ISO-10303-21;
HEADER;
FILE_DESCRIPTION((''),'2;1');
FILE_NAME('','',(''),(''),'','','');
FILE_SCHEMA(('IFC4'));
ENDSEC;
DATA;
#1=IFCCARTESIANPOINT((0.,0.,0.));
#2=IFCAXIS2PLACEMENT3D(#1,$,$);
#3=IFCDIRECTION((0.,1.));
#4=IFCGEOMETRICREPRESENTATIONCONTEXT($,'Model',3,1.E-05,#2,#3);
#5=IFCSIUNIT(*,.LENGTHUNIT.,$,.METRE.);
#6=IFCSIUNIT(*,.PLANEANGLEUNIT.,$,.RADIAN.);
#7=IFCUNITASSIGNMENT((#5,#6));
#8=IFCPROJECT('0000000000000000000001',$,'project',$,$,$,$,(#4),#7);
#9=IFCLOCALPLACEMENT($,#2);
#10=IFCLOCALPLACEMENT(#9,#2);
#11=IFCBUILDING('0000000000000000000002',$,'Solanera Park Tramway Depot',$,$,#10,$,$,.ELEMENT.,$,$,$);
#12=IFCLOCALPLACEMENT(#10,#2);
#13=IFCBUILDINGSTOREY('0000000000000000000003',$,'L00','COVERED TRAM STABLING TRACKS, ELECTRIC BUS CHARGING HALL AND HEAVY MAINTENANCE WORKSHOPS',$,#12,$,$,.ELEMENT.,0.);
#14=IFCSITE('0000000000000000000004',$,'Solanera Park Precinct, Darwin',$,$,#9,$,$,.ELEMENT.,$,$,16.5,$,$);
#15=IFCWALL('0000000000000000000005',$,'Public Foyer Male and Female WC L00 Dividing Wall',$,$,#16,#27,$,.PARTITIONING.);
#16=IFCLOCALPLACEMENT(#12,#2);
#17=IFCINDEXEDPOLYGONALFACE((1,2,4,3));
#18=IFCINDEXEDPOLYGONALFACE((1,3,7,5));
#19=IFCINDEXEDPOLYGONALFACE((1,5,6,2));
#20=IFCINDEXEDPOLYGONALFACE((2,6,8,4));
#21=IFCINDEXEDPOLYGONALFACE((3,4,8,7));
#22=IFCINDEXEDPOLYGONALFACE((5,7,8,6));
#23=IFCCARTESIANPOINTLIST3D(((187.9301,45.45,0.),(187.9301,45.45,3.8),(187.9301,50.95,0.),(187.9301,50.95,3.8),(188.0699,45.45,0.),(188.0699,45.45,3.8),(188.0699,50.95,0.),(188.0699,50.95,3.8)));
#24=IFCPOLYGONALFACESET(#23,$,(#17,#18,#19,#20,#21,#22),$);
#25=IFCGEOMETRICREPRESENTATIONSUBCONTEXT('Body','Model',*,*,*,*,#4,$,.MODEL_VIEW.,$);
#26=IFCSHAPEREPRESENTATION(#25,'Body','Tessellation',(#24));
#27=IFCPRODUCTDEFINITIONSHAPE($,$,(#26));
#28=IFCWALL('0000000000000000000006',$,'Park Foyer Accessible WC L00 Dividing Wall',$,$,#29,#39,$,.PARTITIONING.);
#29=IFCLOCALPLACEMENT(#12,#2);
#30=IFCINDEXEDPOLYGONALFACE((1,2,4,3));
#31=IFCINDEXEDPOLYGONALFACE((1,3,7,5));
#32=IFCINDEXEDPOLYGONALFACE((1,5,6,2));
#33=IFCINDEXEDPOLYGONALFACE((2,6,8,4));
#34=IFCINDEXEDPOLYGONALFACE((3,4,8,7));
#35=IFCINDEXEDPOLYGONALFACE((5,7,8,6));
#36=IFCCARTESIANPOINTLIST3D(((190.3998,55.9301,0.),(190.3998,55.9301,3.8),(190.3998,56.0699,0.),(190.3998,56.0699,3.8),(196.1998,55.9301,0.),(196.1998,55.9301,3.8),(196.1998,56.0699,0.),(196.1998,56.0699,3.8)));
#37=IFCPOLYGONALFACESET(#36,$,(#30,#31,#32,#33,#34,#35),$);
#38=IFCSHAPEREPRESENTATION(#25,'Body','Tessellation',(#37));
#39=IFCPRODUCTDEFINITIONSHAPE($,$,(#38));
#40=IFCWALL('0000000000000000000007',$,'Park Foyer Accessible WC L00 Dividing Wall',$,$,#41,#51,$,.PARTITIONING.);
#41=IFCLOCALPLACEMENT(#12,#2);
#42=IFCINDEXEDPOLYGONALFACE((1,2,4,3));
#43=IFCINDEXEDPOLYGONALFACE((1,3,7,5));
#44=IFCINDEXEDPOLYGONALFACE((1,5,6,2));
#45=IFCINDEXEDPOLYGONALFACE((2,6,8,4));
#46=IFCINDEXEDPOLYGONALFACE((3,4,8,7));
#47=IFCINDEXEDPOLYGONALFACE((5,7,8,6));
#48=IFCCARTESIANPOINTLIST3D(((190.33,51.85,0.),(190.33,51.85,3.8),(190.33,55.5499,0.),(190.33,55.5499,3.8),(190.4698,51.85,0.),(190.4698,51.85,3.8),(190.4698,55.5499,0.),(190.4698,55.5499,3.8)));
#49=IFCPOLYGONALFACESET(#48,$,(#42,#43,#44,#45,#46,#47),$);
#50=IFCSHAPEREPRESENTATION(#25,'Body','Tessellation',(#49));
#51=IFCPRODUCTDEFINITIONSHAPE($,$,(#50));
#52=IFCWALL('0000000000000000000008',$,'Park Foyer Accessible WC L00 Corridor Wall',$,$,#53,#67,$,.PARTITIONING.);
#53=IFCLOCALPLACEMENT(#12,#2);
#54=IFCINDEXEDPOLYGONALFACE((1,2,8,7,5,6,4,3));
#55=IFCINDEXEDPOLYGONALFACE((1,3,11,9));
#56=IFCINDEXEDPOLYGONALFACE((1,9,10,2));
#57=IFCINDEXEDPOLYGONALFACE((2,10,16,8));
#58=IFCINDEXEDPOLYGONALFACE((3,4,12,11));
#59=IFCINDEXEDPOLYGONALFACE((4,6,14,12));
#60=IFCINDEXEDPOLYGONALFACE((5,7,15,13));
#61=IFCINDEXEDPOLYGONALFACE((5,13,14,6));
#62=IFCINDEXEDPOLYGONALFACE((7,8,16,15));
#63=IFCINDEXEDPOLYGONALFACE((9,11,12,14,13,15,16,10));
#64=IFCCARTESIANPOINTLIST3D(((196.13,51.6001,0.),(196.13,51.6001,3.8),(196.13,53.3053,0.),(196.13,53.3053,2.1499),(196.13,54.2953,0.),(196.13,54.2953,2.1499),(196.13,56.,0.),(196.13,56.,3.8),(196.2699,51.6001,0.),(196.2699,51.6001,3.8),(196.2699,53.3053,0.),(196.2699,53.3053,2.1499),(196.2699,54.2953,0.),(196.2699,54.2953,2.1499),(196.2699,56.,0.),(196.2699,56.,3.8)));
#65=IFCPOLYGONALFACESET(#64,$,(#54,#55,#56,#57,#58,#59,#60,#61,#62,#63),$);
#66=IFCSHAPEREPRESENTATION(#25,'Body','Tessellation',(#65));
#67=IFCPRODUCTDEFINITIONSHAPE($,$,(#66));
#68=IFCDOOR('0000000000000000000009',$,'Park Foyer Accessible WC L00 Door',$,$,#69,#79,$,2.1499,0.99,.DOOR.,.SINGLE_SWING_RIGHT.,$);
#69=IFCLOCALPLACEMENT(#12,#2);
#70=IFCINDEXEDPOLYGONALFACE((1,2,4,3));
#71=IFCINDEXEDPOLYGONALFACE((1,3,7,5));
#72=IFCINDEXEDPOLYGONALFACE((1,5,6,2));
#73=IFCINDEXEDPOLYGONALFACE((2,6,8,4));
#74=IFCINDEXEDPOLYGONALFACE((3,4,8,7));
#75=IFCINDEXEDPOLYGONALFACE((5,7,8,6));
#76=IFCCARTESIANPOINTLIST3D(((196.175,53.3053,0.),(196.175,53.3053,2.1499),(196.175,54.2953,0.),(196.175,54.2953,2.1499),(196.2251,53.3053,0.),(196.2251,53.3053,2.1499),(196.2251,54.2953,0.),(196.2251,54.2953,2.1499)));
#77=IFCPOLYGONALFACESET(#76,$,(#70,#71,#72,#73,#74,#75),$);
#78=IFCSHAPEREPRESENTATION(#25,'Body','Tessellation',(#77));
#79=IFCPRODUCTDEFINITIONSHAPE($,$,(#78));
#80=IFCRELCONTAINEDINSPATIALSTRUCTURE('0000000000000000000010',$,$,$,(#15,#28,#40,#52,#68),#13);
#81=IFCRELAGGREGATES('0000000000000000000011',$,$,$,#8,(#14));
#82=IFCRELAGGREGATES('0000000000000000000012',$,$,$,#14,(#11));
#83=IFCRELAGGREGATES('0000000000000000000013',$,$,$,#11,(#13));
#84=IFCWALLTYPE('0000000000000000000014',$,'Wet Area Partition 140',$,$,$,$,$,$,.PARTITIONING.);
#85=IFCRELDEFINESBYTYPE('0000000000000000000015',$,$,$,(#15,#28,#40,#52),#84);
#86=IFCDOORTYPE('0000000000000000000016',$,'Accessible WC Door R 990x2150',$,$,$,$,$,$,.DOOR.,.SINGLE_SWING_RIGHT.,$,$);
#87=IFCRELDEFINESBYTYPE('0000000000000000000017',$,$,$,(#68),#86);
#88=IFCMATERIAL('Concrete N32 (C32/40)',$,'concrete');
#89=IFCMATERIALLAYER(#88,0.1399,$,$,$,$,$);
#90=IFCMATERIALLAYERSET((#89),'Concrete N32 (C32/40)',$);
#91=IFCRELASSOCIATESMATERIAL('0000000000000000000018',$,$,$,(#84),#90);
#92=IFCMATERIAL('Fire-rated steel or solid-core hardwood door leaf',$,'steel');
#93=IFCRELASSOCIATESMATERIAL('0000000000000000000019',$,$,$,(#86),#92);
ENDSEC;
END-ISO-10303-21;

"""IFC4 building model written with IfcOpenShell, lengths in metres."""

from ifc_helpers import new_model, si_unit, direction, frame, frame_2d, origin, place, context, subcontext, project, spatial, rectangle, extrude, material, layer, layer_set, type_object, element, fill, save


model = new_model("IFC4")

# Units and contexts
model_context = context("Model", 3, precision=1e-05, world=origin(), true_north=direction((0.0, 1.0)))
body_context = subcontext(model_context, "Body", "Model", "MODEL_VIEW")
ifc_project = project(units=[si_unit("LENGTHUNIT", "METRE"), si_unit("PLANEANGLEUNIT", "RADIAN")], contexts=[model_context])

# Site, building, storey
site_placement = place(None, origin())
site = spatial("IfcSite", under=ifc_project, at=site_placement, Name="Solanera Park Precinct, Darwin", CompositionType="ELEMENT", RefElevation=16.5)
building_placement = place(site_placement, origin())
building = spatial("IfcBuilding", under=site, at=building_placement, Name="Solanera Park Tramway Depot", CompositionType="ELEMENT")
storey_placement = place(building_placement, origin())
storey = spatial("IfcBuildingStorey", under=building, at=storey_placement, Name="L00", Description="COVERED TRAM STABLING TRACKS, ELECTRIC BUS CHARGING HALL AND HEAVY MAINTENANCE WORKSHOPS", CompositionType="ELEMENT", Elevation=0.0)

# Walls
ifc_material_1 = material(Name="Concrete N32 (C32/40)", Category="concrete")
ifc_layer_1 = layer(ifc_material_1, 0.1399)
ifc_layer_set_1 = layer_set([ifc_layer_1], Name="Concrete N32 (C32/40)")
wall_type_1 = type_object("IfcWallType", Name="Wet Area Partition 140", PredefinedType="PARTITIONING", material=ifc_layer_set_1)
wall_1_placement = place(storey_placement, frame((188.0, 50.95, 0.0), z_axis=(0.0, 0.0, 1.0), x_axis=(0.0, -1.0, 0.0)))
element("IfcWall", 1, at=wall_1_placement, inside=storey, type_object=wall_type_1, Name="Public Foyer Male and Female WC L00 Dividing Wall", PredefinedType="PARTITIONING", context=body_context, shape_type="SweptSolid", body=[
    extrude(rectangle(XDim=5.5, YDim=0.1399, at=frame_2d((2.75, 0.0))), origin(), (0.0, 0.0, 1.0), 3.8),
])
wall_2_placement = place(storey_placement, frame((190.3999, 56.0, 0.0), z_axis=(0.0, 0.0, 1.0), x_axis=(1.0, 0.0, 0.0)))
element("IfcWall", 2, at=wall_2_placement, inside=storey, type_object=wall_type_1, Name="Park Foyer Accessible WC L00 Dividing Wall", PredefinedType="PARTITIONING", context=body_context, shape_type="SweptSolid", body=[
    extrude(rectangle(XDim=5.8, YDim=0.1399, at=frame_2d((2.8999, 0.0))), origin(), (0.0, 0.0, 1.0), 3.8),
])
wall_3_placement = place(storey_placement, frame((190.3999, 55.55, 0.0), z_axis=(0.0, 0.0, 1.0), x_axis=(0.0, -1.0, 0.0)))
element("IfcWall", 3, at=wall_3_placement, inside=storey, type_object=wall_type_1, Name="Park Foyer Accessible WC L00 Dividing Wall", PredefinedType="PARTITIONING", context=body_context, shape_type="SweptSolid", body=[
    extrude(rectangle(XDim=3.7, YDim=0.1399, at=frame_2d((1.8501, 0.0))), origin(), (0.0, 0.0, 1.0), 3.8),
])

# Wall, opening, door
wall_4_placement = place(storey_placement, frame((196.2, 51.6001, 0.0), z_axis=(0.0, 0.0, 1.0), x_axis=(0.0, 1.0, 0.0)))
wall_4 = element("IfcWall", 4, at=wall_4_placement, inside=storey, type_object=wall_type_1, Name="Park Foyer Accessible WC L00 Corridor Wall", PredefinedType="PARTITIONING", context=body_context, shape_type="SweptSolid", body=[
    extrude(rectangle(XDim=4.3999, YDim=0.1399, at=frame_2d((2.2, 0.0))), origin(), (0.0, 0.0, 1.0), 3.8),
])
opening_1_placement = place(wall_4_placement, frame((1.7051, 0.0, 0.0)))
opening_1 = element("IfcOpeningElement", 5, at=opening_1_placement, cuts=wall_4, PredefinedType="OPENING", context=body_context, shape_type="SweptSolid", body=[
    extrude(rectangle(XDim=0.99, YDim=2.1499, at=frame_2d((0.4951, 1.075))), frame((0.0, 0.0801, 0.0), z_axis=(0.0, -1.0, 0.0), x_axis=(1.0, 0.0, 0.0)), (0.0, 0.0, 1.0), 0.1599),
])
ifc_material_2 = material(Name="Fire-rated steel or solid-core hardwood door leaf", Category="steel")
door_type_1 = type_object("IfcDoorType", Name="Accessible WC Door R 990x2150", OperationType="SINGLE_SWING_RIGHT", PredefinedType="DOOR", material=ifc_material_2)
door_1_placement = place(opening_1_placement, origin())
door_1 = element("IfcDoor", 6, at=door_1_placement, inside=storey, type_object=door_type_1, Name="Park Foyer Accessible WC L00 Door", OperationType="SINGLE_SWING_RIGHT", OverallHeight=2.1499, OverallWidth=0.99, PredefinedType="DOOR", context=body_context, shape_type="SweptSolid", body=[
    extrude(rectangle(XDim=0.99, YDim=2.1499, at=frame_2d((0.4951, 1.075))), frame((0.0, 0.0249, 0.0), z_axis=(0.0, -1.0, 0.0), x_axis=(1.0, 0.0, 0.0)), (0.0, 0.0, 1.0), 0.05),
])
fill(opening_1, door_1)

save(model, "model.ifc")
